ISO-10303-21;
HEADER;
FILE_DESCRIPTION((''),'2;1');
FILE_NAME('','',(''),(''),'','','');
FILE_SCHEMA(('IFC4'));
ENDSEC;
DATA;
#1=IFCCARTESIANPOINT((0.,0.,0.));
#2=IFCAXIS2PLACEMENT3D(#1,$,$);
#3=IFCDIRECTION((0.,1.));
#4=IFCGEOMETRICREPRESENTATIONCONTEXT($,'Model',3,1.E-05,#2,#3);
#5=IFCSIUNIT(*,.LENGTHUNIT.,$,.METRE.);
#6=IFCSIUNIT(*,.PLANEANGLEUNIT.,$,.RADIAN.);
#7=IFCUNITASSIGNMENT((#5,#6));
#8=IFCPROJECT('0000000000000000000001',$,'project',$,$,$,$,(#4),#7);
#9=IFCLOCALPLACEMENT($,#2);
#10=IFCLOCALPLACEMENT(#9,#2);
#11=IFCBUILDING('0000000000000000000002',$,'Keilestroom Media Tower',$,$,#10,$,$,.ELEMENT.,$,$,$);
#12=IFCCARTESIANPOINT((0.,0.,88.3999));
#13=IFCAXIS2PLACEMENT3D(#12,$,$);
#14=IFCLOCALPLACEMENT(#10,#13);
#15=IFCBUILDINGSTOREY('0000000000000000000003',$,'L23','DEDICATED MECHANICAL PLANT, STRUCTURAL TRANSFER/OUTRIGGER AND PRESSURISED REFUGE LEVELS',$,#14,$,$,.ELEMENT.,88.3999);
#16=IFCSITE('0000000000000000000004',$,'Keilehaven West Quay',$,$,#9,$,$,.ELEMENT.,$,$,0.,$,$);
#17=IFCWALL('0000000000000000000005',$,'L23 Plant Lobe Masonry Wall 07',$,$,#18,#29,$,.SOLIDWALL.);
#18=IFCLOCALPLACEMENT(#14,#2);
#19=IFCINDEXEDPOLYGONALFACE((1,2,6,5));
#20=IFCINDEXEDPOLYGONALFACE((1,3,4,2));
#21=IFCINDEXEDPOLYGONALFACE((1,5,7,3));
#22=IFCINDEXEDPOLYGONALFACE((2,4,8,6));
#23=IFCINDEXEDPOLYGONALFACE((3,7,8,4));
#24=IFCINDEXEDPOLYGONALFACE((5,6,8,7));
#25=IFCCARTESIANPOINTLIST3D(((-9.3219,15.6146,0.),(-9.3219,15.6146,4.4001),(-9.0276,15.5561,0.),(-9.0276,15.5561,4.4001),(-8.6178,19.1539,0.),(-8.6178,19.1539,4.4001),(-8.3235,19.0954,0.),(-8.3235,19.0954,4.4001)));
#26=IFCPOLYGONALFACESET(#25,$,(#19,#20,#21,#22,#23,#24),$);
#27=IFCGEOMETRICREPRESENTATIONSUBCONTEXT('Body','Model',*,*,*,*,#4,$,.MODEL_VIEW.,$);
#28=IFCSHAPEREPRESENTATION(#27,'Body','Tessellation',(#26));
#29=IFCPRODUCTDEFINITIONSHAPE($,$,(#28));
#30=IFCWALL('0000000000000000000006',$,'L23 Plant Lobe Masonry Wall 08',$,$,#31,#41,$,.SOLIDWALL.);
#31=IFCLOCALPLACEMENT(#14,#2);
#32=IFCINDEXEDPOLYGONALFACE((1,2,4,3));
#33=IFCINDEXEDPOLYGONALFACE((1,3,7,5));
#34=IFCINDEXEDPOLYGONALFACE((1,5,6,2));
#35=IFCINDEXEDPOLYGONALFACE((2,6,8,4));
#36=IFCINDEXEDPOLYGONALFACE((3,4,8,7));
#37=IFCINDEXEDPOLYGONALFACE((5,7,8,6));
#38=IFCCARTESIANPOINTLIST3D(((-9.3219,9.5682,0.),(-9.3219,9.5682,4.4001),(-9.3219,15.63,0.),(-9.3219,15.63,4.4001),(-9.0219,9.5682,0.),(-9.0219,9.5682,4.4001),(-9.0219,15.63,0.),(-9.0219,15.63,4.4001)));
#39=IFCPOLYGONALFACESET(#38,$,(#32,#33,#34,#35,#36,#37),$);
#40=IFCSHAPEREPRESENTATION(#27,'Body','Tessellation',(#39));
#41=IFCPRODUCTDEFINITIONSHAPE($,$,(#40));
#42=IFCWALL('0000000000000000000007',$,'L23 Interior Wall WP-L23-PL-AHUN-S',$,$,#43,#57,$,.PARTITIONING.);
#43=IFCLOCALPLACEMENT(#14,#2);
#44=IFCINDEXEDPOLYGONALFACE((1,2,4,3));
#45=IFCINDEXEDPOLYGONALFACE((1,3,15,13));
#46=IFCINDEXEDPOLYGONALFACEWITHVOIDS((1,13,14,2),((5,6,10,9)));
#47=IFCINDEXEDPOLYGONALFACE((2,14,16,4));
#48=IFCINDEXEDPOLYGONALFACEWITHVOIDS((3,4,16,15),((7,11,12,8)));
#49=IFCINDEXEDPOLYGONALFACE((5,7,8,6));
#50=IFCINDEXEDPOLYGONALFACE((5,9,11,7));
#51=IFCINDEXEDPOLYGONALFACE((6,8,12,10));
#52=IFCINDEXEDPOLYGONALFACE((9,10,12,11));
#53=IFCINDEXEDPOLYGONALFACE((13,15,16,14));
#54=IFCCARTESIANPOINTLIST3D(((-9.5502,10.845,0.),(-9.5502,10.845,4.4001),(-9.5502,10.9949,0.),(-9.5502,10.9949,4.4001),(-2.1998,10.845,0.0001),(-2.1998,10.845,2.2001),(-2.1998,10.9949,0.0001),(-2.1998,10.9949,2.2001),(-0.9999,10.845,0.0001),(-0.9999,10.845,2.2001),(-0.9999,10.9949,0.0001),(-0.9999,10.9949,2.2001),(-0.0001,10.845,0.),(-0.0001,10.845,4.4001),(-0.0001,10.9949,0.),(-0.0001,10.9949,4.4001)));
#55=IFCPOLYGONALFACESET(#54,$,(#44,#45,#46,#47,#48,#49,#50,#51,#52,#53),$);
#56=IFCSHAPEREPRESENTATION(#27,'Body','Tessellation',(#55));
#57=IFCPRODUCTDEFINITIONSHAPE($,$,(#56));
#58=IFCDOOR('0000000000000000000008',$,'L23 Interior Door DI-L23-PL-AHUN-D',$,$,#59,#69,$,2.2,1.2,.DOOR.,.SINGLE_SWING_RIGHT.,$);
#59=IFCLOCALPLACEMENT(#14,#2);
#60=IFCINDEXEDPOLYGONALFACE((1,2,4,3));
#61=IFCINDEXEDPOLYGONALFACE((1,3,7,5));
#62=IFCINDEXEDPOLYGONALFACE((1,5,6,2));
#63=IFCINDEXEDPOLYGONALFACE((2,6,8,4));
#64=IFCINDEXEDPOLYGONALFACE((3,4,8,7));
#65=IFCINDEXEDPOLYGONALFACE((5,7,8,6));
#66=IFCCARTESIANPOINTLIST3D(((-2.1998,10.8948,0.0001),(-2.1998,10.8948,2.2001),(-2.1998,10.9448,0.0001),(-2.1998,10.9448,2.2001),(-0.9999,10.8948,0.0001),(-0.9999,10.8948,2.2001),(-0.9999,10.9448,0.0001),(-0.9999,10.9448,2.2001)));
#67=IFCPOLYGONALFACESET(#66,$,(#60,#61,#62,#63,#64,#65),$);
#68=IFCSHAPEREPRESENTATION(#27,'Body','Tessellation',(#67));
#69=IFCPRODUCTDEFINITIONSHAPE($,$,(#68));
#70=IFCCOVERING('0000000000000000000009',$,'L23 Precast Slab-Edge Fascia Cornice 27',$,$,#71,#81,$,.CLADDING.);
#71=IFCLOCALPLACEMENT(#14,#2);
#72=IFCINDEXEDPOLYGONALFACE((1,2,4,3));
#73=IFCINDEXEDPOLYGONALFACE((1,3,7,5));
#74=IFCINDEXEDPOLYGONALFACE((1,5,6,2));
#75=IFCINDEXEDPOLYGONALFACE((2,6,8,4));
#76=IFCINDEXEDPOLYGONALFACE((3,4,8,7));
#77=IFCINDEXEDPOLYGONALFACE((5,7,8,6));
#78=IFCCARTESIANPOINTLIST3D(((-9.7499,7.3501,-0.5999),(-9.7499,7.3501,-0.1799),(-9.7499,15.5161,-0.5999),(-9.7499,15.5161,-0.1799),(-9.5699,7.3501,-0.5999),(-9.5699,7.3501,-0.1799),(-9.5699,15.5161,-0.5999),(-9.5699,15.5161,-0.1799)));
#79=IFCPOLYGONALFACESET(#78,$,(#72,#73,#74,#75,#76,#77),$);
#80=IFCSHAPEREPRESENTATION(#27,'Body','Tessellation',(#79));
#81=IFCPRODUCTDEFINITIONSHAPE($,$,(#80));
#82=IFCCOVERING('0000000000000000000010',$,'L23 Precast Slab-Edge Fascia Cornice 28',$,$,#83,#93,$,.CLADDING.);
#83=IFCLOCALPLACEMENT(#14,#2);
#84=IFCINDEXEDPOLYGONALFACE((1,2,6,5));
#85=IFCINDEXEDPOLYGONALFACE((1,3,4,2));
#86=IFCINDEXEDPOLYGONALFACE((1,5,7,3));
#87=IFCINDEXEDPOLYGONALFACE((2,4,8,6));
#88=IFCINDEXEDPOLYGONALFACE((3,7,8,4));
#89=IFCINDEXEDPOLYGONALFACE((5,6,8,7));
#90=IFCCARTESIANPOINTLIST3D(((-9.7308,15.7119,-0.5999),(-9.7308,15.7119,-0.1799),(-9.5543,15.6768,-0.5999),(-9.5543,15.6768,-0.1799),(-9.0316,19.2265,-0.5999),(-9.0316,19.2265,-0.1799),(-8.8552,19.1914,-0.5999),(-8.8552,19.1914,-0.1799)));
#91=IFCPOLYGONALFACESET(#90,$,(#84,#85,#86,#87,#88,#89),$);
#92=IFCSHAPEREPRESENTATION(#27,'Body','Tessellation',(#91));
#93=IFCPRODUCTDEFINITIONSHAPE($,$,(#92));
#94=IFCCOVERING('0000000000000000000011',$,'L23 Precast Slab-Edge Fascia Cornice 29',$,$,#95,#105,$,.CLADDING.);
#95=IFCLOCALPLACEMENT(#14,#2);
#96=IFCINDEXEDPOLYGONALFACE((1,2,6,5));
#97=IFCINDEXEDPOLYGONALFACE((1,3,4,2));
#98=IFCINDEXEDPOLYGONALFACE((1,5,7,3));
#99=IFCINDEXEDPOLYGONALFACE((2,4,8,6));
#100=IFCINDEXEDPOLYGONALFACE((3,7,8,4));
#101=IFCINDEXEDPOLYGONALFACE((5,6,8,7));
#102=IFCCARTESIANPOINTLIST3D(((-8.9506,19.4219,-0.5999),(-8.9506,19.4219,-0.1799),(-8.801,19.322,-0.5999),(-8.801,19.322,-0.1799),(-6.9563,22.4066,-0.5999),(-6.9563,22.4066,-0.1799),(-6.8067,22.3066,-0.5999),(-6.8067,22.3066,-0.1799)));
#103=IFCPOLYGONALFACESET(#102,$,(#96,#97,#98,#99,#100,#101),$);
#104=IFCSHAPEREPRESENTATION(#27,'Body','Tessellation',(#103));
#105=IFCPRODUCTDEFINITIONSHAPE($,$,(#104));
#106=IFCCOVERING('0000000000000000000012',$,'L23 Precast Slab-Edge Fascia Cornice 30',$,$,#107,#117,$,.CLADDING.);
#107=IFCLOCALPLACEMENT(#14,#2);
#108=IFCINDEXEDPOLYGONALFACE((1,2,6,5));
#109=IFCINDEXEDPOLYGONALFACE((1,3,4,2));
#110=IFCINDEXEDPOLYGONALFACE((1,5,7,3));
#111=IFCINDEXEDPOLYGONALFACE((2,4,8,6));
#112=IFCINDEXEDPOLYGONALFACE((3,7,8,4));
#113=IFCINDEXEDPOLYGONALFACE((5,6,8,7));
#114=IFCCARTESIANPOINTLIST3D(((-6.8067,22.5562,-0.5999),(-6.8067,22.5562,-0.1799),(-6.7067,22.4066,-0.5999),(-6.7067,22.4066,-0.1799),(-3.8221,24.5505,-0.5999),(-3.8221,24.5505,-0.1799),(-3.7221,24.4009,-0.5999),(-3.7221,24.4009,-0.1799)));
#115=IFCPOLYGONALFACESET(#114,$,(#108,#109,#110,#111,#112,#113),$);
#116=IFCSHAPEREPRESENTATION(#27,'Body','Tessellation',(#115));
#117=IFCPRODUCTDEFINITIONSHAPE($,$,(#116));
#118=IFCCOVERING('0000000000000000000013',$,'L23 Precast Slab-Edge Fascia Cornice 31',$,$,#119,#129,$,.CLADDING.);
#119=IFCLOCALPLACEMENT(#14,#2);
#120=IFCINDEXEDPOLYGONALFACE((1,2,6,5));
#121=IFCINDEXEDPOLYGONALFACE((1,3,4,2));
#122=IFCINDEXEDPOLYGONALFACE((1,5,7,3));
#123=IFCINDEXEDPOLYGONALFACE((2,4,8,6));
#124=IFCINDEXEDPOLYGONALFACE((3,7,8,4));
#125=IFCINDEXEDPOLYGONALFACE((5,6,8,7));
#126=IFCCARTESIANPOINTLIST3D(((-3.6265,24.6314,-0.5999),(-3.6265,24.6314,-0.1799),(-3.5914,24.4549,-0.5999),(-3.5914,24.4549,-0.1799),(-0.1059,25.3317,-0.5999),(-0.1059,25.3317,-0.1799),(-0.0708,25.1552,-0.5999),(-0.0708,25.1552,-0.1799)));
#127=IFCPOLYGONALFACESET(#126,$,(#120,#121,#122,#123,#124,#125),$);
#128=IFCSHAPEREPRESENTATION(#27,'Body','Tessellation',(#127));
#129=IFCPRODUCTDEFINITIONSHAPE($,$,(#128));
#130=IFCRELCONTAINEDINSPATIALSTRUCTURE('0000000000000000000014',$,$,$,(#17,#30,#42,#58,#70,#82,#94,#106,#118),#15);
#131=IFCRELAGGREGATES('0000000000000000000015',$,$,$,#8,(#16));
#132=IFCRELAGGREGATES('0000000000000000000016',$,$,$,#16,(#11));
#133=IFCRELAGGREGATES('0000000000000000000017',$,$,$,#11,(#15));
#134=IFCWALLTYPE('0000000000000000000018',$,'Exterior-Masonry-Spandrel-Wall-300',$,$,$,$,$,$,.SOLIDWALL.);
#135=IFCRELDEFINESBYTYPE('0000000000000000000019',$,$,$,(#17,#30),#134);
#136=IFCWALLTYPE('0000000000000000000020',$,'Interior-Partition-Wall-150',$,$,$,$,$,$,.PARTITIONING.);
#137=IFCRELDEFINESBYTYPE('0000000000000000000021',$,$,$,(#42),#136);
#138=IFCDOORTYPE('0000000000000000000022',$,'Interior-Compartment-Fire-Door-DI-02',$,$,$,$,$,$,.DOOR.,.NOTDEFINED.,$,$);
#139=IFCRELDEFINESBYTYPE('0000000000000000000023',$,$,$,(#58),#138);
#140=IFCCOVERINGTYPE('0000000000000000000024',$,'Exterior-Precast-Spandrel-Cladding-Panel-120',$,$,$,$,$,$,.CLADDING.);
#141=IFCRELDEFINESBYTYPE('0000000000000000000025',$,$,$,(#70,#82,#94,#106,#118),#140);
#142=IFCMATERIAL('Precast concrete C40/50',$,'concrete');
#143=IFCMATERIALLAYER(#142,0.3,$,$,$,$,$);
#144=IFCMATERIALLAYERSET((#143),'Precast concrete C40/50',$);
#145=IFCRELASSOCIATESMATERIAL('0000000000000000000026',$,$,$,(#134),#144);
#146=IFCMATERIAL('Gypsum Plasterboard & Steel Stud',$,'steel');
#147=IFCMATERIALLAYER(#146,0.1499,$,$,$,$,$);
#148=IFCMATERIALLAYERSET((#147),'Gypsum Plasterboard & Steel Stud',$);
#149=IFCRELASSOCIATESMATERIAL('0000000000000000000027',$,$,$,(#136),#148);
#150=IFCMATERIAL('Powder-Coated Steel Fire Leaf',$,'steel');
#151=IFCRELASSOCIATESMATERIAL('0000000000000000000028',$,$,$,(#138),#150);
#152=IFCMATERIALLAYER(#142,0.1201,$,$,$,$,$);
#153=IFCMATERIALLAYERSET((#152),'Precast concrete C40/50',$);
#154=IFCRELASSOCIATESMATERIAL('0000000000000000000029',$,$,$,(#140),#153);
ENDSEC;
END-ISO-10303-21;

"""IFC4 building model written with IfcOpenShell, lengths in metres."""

from ifc_helpers import new_model, si_unit, direction, frame, frame_2d, origin, origin_2d, place, context, subcontext, project, spatial, rectangle, extrude, source, transform, mapped, material, layer, layer_set, type_object, element, fill, save


model = new_model("IFC4")

# Units and contexts
model_context = context("Model", 3, precision=1e-05, world=origin(), true_north=direction((0.0, 1.0)))
body_context = subcontext(model_context, "Body", "Model", "MODEL_VIEW")
ifc_project = project(units=[si_unit("LENGTHUNIT", "METRE"), si_unit("PLANEANGLEUNIT", "RADIAN")], contexts=[model_context])

# Site, building, storey
site_placement = place(None, origin())
site = spatial("IfcSite", under=ifc_project, at=site_placement, Name="Keilehaven West Quay", CompositionType="ELEMENT", RefElevation=0.0)
building_placement = place(site_placement, origin())
building = spatial("IfcBuilding", under=site, at=building_placement, Name="Keilestroom Media Tower", CompositionType="ELEMENT")
storey_placement = place(building_placement, frame((0.0, 0.0, 88.3999)))
storey = spatial("IfcBuildingStorey", under=building, at=storey_placement, Name="L23", Description="DEDICATED MECHANICAL PLANT, STRUCTURAL TRANSFER/OUTRIGGER AND PRESSURISED REFUGE LEVELS", CompositionType="ELEMENT", Elevation=88.3999)

# Walls
ifc_material_1 = material(Name="Precast concrete C40/50", Category="concrete")
ifc_layer_1 = layer(ifc_material_1, 0.3)
ifc_layer_set_1 = layer_set([ifc_layer_1], Name="Precast concrete C40/50")
wall_type_1 = type_object("IfcWallType", Name="Exterior-Masonry-Spandrel-Wall-300", PredefinedType="SOLIDWALL", material=ifc_layer_set_1)
for number, where, z_axis, x_axis, name in (
    (1, (-8.4707, 19.1245, 0.0), (0.0, 0.0, 1.0), (-0.195114, -0.980781, 0.0), "L23 Plant Lobe Masonry Wall 07"),
):
    element("IfcWall", number, at=place(storey_placement, frame(where, z_axis=z_axis, x_axis=x_axis)), inside=storey, type_object=wall_type_1, Name=name, PredefinedType="SOLIDWALL", context=body_context, shape_type="SweptSolid", body=[
        extrude(rectangle(XDim=3.6086, YDim=0.3, at=frame_2d((1.8042, 0.0))), origin(), (0.0, 0.0, 1.0), 4.4001),
    ])
wall_1_placement = place(storey_placement, frame((-9.1719, 15.6299, 0.0), z_axis=(0.0, 0.0, 1.0), x_axis=(0.0, -1.0, 0.0)))
element("IfcWall", 2, at=wall_1_placement, inside=storey, type_object=wall_type_1, Name="L23 Plant Lobe Masonry Wall 08", PredefinedType="SOLIDWALL", context=body_context, shape_type="SweptSolid", body=[
    extrude(rectangle(XDim=6.0618, YDim=0.3, at=frame_2d((3.0308, 0.0))), origin(), (0.0, 0.0, 1.0), 4.4001),
])

# Wall, opening, door
ifc_material_2 = material(Name="Gypsum Plasterboard & Steel Stud", Category="steel")
ifc_layer_2 = layer(ifc_material_2, 0.1499)
ifc_layer_set_2 = layer_set([ifc_layer_2], Name="Gypsum Plasterboard & Steel Stud")
wall_type_2 = type_object("IfcWallType", Name="Interior-Partition-Wall-150", PredefinedType="PARTITIONING", material=ifc_layer_set_2)
wall_2_placement = place(storey_placement, frame((-9.55, 10.9199, 0.0), z_axis=(0.0, 0.0, 1.0), x_axis=(1.0, 0.0, 0.0)))
wall_2 = element("IfcWall", 3, at=wall_2_placement, inside=storey, type_object=wall_type_2, Name="L23 Interior Wall WP-L23-PL-AHUN-S", PredefinedType="PARTITIONING", context=body_context, shape_type="SweptSolid", body=[
    extrude(rectangle(XDim=9.55, YDim=0.1499, at=frame_2d((4.7749, 0.0))), origin(), (0.0, 0.0, 1.0), 4.4001),
])
opening_placement = place(wall_2_placement, frame((7.3501, 0.0, 0.0)))
opening = element("IfcOpeningElement", 4, at=opening_placement, cuts=wall_2, PredefinedType="OPENING", context=body_context, shape_type="SweptSolid", body=[
    extrude(rectangle(XDim=1.2, YDim=2.2, at=frame_2d((0.6001, 1.1001))), frame((0.0, 0.085, 0.0), z_axis=(0.0, -1.0, 0.0), x_axis=(1.0, 0.0, 0.0)), (0.0, 0.0, 1.0), 0.1699),
])
ifc_material_3 = material(Name="Powder-Coated Steel Fire Leaf", Category="steel")
door_type = type_object("IfcDoorType", Name="Interior-Compartment-Fire-Door-DI-02", OperationType="NOTDEFINED", PredefinedType="DOOR", material=ifc_material_3)
shared_shape_1 = source(origin(), body_context, "Body", "SweptSolid", [
    extrude(rectangle(XDim=1.2, YDim=2.2, at=frame_2d((0.6001, 1.1001))), frame((0.0, 0.0249, 0.0), z_axis=(0.0, -1.0, 0.0), x_axis=(1.0, 0.0, 0.0)), (0.0, 0.0, 1.0), 0.05),
])
door_placement = place(opening_placement, origin())
door = element("IfcDoor", 5, at=door_placement, inside=storey, type_object=door_type, Name="L23 Interior Door DI-L23-PL-AHUN-D", OperationType="SINGLE_SWING_RIGHT", OverallHeight=2.2, OverallWidth=1.2, PredefinedType="DOOR", context=body_context, shape_type="MappedRepresentation", body=[
    mapped(shared_shape_1, transform((0.0, 0.0, 0.0), x_axis=(1.0, 0.0, 0.0), y_axis=(0.0, 1.0, 0.0), z_axis=(0.0, 0.0, 1.0), scale=1.0)),
])
fill(opening, door)

# Coverings
ifc_layer_3 = layer(ifc_material_1, 0.1201)
ifc_layer_set_3 = layer_set([ifc_layer_3], Name="Precast concrete C40/50")
covering_type = type_object("IfcCoveringType", Name="Exterior-Precast-Spandrel-Cladding-Panel-120", PredefinedType="CLADDING", material=ifc_layer_set_3)
shared_shape_2 = source(origin(), body_context, "Body", "SweptSolid", [
    extrude(rectangle(XDim=8.166, YDim=0.1799, at=origin_2d()), origin(), (0.0, 0.0, 1.0), 0.4199),
])
covering_1_placement = place(storey_placement, frame((-9.6599, 11.4331, -0.5999), z_axis=(0.0, 0.0, 1.0), x_axis=(0.0, 1.0, 0.0)))
element("IfcCovering", 6, at=covering_1_placement, inside=storey, type_object=covering_type, Name="L23 Precast Slab-Edge Fascia Cornice 27", PredefinedType="CLADDING", context=body_context, shape_type="MappedRepresentation", body=[
    mapped(shared_shape_2, transform((0.0, 0.0, 0.0), x_axis=(1.0, 0.0, 0.0), y_axis=(0.0, 1.0, 0.0), z_axis=(0.0, 0.0, 1.0), scale=1.0)),
])
shared_shape_3 = source(origin(), body_context, "Body", "SweptSolid", [
    extrude(rectangle(XDim=3.5835, YDim=0.1799, at=origin_2d()), origin(), (0.0, 0.0, 1.0), 0.4199),
])
covering_2_placement = place(storey_placement, frame((-9.293, 17.4517, -0.5999), z_axis=(0.0, 0.0, 1.0), x_axis=(0.195099, 0.980784, 0.0)))
element("IfcCovering", 7, at=covering_2_placement, inside=storey, type_object=covering_type, Name="L23 Precast Slab-Edge Fascia Cornice 28", PredefinedType="CLADDING", context=body_context, shape_type="MappedRepresentation", body=[
    mapped(shared_shape_3, transform((0.0, 0.0, 0.0), x_axis=(1.0, 0.0, 0.0), y_axis=(0.0, 1.0, 0.0), z_axis=(0.0, 0.0, 1.0), scale=1.0)),
])
shared_shape_4 = source(origin(), body_context, "Body", "SweptSolid", [
    extrude(rectangle(XDim=3.5896, YDim=0.1799, at=origin_2d()), origin(), (0.0, 0.0, 1.0), 0.4199),
])
for number, where, z_axis, x_axis, name in (
    (8, (-7.8787, 20.8643, -0.5999), (0.0, 0.0, 1.0), (0.555575, 0.831467, 0.0), "L23 Precast Slab-Edge Fascia Cornice 29"),
    (9, (-5.2644, 23.4785, -0.5999), (0.0, 0.0, 1.0), (0.831467, 0.555575, 0.0), "L23 Precast Slab-Edge Fascia Cornice 30"),
    (10, (-1.8486, 24.8933, -0.5999), (0.0, 0.0, 1.0), (0.980784, 0.195099, 0.0), "L23 Precast Slab-Edge Fascia Cornice 31"),
):
    element("IfcCovering", number, at=place(storey_placement, frame(where, z_axis=z_axis, x_axis=x_axis)), inside=storey, type_object=covering_type, Name=name, PredefinedType="CLADDING", context=body_context, shape_type="MappedRepresentation", body=[
        mapped(shared_shape_4, transform((0.0, 0.0, 0.0), x_axis=(1.0, 0.0, 0.0), y_axis=(0.0, 1.0, 0.0), z_axis=(0.0, 0.0, 1.0), scale=1.0)),
    ])

save(model, "model.ifc")
